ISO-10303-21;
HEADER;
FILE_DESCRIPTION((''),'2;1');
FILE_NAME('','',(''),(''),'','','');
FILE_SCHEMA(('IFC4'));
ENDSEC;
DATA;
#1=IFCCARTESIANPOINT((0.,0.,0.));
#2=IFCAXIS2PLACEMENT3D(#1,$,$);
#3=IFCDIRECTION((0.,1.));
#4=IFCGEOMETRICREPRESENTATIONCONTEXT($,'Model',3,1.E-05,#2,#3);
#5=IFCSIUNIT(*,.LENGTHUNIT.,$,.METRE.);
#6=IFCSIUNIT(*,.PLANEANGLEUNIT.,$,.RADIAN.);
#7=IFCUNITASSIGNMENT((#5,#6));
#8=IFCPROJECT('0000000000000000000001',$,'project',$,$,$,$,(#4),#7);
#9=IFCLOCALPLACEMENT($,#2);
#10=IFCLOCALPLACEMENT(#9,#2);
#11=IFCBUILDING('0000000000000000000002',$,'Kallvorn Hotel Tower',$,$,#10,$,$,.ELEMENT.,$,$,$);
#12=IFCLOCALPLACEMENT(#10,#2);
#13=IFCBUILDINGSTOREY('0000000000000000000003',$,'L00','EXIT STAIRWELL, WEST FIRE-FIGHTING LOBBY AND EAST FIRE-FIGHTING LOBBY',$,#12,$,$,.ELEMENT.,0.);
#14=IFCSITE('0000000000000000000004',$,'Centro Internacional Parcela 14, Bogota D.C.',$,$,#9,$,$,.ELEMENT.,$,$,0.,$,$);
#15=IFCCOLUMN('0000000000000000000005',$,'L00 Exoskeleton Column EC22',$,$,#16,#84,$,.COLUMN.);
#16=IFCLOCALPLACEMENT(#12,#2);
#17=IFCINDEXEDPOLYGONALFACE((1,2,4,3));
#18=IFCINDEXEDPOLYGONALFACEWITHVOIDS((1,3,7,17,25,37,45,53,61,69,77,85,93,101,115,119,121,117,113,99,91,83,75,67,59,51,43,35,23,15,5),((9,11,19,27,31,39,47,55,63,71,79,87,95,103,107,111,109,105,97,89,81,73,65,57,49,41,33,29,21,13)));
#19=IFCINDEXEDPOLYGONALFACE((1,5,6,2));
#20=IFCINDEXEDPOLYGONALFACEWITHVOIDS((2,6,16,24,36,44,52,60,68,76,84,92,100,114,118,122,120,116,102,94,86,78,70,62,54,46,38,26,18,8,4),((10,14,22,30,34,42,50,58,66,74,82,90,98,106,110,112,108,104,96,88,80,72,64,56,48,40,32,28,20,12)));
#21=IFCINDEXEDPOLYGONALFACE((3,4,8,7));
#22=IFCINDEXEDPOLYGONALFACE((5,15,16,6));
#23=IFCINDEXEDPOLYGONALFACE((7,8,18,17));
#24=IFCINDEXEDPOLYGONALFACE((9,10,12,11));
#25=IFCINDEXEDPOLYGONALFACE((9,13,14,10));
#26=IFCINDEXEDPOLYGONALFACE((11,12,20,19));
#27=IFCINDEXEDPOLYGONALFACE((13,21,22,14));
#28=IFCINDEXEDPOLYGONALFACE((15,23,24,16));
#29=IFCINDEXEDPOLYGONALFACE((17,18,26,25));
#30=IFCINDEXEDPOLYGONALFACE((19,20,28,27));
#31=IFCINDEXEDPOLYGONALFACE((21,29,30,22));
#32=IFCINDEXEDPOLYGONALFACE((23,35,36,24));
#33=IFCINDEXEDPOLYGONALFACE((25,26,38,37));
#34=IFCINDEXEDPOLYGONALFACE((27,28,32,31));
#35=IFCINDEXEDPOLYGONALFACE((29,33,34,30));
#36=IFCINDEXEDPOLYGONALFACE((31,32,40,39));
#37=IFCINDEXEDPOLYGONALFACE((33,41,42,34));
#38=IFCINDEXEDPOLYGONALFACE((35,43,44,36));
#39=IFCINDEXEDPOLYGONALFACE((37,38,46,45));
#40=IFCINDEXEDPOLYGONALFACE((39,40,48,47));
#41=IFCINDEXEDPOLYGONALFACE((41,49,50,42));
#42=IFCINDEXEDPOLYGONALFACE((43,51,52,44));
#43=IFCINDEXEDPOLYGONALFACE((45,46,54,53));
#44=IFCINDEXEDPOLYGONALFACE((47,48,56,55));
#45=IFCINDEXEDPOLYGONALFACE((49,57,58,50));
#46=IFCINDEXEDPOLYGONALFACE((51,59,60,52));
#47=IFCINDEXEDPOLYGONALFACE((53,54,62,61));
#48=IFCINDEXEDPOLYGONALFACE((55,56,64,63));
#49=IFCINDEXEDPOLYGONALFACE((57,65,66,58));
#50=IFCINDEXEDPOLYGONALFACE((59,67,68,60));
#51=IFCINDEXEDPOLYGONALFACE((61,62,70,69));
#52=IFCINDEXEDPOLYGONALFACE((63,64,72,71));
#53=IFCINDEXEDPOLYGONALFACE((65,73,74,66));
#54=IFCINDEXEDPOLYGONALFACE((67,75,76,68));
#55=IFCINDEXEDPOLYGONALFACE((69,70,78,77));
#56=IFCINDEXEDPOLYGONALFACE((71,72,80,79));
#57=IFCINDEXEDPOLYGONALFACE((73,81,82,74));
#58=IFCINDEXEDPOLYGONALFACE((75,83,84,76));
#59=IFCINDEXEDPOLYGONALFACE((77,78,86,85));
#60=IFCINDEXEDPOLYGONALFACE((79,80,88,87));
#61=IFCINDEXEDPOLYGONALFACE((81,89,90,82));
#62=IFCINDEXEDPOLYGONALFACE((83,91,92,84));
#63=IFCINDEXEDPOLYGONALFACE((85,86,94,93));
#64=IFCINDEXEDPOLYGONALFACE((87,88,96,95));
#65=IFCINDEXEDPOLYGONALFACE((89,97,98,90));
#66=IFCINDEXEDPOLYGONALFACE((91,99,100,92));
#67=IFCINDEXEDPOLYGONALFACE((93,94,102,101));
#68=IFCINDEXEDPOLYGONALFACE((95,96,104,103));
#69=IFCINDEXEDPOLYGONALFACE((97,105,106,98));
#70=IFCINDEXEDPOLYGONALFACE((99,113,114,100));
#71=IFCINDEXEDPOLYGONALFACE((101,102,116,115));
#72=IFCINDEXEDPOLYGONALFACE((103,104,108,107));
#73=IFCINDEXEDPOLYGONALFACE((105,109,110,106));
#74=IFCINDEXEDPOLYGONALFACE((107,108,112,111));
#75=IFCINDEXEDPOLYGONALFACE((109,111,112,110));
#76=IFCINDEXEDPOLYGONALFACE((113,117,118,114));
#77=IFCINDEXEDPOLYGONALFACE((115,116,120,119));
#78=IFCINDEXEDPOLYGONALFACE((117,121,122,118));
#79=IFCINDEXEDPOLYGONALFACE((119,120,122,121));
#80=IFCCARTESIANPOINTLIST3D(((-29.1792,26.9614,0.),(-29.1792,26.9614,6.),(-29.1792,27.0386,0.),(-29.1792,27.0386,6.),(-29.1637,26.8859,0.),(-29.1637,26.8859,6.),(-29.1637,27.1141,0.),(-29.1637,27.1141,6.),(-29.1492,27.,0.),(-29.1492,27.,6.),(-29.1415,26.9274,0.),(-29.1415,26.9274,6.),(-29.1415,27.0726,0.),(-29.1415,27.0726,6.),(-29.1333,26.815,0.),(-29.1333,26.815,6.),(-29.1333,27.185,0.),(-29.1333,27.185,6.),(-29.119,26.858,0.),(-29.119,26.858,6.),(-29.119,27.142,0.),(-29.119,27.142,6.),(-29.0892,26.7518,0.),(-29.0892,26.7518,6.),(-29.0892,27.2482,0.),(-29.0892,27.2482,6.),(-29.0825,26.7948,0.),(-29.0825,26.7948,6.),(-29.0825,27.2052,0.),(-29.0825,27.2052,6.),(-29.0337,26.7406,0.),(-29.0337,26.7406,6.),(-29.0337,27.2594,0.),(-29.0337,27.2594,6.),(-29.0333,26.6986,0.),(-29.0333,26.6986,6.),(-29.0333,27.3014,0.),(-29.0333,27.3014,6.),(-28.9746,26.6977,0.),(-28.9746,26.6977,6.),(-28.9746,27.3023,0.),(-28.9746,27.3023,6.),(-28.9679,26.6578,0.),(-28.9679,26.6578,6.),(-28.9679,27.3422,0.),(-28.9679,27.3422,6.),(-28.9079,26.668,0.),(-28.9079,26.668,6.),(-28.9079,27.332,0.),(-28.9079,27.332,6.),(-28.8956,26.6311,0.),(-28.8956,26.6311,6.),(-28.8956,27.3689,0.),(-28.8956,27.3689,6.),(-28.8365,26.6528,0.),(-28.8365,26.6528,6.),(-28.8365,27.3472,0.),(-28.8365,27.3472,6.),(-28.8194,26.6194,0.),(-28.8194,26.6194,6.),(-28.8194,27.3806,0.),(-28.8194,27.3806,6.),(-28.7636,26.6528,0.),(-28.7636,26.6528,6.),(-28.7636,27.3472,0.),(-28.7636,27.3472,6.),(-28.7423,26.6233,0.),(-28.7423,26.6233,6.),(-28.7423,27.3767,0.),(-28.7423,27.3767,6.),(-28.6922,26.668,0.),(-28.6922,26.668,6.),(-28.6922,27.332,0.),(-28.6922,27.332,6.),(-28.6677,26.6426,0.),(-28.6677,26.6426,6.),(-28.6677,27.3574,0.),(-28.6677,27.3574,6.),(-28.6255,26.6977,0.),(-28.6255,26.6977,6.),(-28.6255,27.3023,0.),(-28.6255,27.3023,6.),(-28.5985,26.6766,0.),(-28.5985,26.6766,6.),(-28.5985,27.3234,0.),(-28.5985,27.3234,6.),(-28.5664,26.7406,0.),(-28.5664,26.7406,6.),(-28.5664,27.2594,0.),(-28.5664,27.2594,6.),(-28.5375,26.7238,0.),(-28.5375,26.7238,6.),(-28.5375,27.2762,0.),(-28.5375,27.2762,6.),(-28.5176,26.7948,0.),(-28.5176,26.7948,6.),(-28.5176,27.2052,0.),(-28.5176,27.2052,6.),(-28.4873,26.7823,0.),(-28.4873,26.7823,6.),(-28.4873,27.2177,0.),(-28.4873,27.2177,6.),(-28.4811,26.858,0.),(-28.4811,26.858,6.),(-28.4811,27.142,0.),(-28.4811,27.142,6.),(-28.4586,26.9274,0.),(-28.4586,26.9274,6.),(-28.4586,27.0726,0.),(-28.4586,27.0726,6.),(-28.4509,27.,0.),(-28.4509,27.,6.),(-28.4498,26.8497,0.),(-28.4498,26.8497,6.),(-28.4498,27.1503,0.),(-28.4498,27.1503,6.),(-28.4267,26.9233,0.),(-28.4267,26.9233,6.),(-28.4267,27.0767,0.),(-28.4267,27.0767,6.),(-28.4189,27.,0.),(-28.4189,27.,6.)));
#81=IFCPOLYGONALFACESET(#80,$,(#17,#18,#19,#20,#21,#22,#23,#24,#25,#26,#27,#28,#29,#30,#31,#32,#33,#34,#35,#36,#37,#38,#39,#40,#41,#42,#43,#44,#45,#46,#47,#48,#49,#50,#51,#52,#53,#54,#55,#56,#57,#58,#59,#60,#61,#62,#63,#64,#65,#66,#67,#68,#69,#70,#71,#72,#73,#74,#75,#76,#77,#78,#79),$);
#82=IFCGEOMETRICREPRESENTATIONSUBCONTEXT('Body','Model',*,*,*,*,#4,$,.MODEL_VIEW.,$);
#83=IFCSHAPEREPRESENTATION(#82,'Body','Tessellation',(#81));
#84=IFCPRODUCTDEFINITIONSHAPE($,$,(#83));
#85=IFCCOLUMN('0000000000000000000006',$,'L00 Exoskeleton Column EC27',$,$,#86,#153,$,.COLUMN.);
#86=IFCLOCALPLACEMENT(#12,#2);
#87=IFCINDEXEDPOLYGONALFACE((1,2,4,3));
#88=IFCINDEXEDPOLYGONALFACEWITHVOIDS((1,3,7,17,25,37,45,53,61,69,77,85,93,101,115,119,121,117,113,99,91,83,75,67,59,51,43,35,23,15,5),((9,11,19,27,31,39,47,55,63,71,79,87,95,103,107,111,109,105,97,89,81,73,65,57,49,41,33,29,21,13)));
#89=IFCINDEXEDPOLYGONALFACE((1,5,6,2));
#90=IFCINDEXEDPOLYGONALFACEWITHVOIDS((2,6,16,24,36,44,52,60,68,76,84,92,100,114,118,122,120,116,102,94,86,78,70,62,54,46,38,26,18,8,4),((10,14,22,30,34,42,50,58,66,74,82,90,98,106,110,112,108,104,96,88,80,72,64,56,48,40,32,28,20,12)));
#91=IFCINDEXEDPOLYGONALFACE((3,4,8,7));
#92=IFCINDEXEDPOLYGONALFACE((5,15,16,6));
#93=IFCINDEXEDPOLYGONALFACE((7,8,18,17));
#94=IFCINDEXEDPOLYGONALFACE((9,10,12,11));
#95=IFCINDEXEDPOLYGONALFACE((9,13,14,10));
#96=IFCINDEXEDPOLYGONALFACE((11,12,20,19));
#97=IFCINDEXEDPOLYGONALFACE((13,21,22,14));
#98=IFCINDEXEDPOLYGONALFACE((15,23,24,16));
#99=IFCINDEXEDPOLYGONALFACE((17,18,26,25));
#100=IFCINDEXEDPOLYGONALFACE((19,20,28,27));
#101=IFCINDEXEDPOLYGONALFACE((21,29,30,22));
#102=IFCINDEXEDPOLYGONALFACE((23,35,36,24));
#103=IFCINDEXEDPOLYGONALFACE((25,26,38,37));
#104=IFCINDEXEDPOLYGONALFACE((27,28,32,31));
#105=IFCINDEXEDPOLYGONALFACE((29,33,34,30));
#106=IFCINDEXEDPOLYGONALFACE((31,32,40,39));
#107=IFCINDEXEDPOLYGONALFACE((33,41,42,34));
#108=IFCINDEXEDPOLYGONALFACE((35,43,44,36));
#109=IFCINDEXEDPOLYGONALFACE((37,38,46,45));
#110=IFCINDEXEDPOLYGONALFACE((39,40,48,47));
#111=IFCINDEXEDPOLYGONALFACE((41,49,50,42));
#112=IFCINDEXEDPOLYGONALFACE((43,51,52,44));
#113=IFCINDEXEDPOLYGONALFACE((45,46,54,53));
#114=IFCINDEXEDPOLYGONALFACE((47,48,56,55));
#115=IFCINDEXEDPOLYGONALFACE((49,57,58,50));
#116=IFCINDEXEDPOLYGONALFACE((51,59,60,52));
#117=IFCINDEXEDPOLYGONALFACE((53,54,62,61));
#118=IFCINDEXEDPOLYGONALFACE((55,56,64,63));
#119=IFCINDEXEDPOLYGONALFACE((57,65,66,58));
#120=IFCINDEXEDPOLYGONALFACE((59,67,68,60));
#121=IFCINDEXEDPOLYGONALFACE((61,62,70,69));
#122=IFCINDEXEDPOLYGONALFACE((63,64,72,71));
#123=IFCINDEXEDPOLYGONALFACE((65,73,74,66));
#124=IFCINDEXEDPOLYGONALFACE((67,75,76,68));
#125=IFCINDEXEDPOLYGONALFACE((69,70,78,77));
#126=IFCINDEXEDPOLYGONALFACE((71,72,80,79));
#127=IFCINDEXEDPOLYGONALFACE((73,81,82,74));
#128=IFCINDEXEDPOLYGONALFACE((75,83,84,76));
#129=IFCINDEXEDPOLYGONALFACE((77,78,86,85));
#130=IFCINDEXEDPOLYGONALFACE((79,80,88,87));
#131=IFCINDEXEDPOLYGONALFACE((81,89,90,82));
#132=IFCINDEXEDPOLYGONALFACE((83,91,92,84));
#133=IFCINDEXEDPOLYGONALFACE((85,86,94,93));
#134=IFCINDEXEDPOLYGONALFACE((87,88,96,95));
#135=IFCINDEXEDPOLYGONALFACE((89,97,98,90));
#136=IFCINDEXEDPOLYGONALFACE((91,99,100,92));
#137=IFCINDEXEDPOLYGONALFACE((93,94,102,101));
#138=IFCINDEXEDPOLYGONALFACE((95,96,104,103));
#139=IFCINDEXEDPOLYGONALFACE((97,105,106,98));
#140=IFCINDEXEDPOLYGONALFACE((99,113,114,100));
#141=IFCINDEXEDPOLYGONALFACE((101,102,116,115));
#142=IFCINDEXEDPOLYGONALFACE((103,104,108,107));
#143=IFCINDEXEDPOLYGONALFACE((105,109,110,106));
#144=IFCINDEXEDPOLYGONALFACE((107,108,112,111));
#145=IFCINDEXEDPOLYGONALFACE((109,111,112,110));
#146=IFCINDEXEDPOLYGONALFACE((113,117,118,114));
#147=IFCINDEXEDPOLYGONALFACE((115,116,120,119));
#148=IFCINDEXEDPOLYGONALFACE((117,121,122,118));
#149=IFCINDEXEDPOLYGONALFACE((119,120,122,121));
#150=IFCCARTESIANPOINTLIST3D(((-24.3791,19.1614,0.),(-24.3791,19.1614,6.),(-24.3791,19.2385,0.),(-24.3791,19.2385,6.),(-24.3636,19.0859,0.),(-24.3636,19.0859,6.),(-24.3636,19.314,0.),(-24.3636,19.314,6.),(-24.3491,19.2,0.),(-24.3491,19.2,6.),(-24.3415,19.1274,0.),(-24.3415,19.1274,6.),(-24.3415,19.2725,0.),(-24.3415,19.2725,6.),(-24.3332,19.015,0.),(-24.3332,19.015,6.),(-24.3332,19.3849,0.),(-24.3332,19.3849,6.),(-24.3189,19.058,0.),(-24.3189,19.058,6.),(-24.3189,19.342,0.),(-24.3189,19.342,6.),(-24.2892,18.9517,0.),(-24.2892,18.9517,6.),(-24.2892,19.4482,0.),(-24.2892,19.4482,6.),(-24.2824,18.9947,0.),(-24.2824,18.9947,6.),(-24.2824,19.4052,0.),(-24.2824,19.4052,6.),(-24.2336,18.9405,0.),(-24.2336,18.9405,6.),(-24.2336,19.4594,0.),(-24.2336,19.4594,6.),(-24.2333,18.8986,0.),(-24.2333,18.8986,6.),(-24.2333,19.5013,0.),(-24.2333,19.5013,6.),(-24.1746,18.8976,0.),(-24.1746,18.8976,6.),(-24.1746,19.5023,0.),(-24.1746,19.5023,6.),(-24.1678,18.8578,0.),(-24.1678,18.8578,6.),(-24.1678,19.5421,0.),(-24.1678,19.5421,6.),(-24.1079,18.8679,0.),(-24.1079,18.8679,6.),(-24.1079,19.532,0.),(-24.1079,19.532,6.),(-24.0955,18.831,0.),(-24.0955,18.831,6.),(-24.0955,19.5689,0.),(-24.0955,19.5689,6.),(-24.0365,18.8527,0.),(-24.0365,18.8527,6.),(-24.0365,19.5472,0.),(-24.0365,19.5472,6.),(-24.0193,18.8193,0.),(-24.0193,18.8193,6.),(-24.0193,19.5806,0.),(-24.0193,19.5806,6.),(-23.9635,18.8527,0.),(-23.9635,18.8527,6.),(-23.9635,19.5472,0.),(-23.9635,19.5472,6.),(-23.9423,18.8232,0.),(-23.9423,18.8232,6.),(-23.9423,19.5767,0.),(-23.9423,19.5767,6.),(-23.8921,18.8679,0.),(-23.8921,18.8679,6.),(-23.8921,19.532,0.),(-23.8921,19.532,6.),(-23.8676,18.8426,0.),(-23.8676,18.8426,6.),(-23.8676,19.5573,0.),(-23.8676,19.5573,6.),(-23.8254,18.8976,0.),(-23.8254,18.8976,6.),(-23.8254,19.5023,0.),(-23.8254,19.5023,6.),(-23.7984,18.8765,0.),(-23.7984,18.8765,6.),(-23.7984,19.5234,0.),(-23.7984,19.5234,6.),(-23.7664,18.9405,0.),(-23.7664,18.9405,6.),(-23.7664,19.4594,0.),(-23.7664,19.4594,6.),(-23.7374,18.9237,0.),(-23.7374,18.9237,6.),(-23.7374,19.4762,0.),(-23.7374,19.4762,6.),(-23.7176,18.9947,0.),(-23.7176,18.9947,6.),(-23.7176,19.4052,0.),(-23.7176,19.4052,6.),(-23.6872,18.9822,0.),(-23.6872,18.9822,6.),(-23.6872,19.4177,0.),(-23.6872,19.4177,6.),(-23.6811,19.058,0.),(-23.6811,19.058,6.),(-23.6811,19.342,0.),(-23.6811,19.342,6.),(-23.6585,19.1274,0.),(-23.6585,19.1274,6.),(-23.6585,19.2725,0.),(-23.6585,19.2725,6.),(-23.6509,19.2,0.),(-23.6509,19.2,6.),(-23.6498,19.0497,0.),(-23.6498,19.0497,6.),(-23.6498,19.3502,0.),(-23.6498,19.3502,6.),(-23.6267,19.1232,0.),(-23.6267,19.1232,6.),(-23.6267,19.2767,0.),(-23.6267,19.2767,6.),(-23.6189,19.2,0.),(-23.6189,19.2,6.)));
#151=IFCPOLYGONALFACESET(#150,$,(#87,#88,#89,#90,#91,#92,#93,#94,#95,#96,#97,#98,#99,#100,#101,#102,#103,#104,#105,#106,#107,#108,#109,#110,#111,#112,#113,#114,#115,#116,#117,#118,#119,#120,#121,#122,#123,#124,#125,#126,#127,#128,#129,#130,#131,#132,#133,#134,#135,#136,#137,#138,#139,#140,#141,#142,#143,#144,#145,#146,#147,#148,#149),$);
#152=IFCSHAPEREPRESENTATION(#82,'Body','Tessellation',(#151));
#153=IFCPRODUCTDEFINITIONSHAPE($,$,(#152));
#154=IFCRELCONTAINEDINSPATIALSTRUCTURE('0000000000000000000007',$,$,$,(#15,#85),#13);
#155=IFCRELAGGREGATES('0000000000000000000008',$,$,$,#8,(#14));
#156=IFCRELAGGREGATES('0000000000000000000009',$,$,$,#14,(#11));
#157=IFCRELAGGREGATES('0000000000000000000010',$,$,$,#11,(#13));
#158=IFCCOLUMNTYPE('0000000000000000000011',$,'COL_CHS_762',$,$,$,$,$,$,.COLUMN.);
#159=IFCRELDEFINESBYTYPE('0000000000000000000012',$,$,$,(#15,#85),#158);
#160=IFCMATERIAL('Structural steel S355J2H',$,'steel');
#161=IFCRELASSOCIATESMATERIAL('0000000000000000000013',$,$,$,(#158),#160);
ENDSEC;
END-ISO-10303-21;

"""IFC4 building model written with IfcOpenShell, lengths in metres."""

from ifc_helpers import new_model, si_unit, direction, frame, origin, origin_2d, place, context, subcontext, project, spatial, hollow_circle, extrude, material, material_profile, profile_set, type_object, element, save


model = new_model("IFC4")

# Units and contexts
model_context = context("Model", 3, precision=1e-05, world=origin(), true_north=direction((0.0, 1.0)))
body_context = subcontext(model_context, "Body", "Model", "MODEL_VIEW")
ifc_project = project(units=[si_unit("LENGTHUNIT", "METRE"), si_unit("PLANEANGLEUNIT", "RADIAN")], contexts=[model_context])

# Site, building, storey
site_placement = place(None, origin())
site = spatial("IfcSite", under=ifc_project, at=site_placement, Name="Centro Internacional Parcela 14, Bogota D.C.", CompositionType="ELEMENT", RefElevation=0.0)
building_placement = place(site_placement, origin())
building = spatial("IfcBuilding", under=site, at=building_placement, Name="Kallvorn Hotel Tower", CompositionType="ELEMENT")
storey_placement = place(building_placement, origin())
storey = spatial("IfcBuildingStorey", under=building, at=storey_placement, Name="L00", Description="EXIT STAIRWELL, WEST FIRE-FIGHTING LOBBY AND EAST FIRE-FIGHTING LOBBY", CompositionType="ELEMENT", Elevation=0.0)

# Columns
ifc_material_1 = material(Name="Structural steel S355J2H", Category="steel")
ifc_material_profile_1 = material_profile(ifc_material_1, hollow_circle(Radius=0.3811, WallThickness=0.032, at=origin_2d()), Name="CHS 762x32")
ifc_profile_set_1 = profile_set([ifc_material_profile_1], Name="Structural steel S355J2H")
column_type_1 = type_object("IfcColumnType", Name="COL_CHS_762", PredefinedType="COLUMN", material=ifc_profile_set_1)
for number, where, z_axis, x_axis, name in (
    (1, (-28.8, 27.0, 0.0), (0.0, 0.0, 1.0), (1.0, 0.0, 0.0), "L00 Exoskeleton Column EC22"),
    (2, (-24.0, 19.2, 0.0), (0.0, 0.0, 1.0), (1.0, 0.0, 0.0), "L00 Exoskeleton Column EC27"),
):
    element("IfcColumn", number, at=place(storey_placement, frame(where, z_axis=z_axis, x_axis=x_axis)), inside=storey, type_object=column_type_1, Name=name, PredefinedType="COLUMN", context=body_context, shape_type="SweptSolid", body=[
        extrude(hollow_circle(Radius=0.3811, WallThickness=0.032, at=origin_2d()), origin(), (0.0, 0.0, 1.0), 6.0),
    ])

save(model, "model.ifc")
